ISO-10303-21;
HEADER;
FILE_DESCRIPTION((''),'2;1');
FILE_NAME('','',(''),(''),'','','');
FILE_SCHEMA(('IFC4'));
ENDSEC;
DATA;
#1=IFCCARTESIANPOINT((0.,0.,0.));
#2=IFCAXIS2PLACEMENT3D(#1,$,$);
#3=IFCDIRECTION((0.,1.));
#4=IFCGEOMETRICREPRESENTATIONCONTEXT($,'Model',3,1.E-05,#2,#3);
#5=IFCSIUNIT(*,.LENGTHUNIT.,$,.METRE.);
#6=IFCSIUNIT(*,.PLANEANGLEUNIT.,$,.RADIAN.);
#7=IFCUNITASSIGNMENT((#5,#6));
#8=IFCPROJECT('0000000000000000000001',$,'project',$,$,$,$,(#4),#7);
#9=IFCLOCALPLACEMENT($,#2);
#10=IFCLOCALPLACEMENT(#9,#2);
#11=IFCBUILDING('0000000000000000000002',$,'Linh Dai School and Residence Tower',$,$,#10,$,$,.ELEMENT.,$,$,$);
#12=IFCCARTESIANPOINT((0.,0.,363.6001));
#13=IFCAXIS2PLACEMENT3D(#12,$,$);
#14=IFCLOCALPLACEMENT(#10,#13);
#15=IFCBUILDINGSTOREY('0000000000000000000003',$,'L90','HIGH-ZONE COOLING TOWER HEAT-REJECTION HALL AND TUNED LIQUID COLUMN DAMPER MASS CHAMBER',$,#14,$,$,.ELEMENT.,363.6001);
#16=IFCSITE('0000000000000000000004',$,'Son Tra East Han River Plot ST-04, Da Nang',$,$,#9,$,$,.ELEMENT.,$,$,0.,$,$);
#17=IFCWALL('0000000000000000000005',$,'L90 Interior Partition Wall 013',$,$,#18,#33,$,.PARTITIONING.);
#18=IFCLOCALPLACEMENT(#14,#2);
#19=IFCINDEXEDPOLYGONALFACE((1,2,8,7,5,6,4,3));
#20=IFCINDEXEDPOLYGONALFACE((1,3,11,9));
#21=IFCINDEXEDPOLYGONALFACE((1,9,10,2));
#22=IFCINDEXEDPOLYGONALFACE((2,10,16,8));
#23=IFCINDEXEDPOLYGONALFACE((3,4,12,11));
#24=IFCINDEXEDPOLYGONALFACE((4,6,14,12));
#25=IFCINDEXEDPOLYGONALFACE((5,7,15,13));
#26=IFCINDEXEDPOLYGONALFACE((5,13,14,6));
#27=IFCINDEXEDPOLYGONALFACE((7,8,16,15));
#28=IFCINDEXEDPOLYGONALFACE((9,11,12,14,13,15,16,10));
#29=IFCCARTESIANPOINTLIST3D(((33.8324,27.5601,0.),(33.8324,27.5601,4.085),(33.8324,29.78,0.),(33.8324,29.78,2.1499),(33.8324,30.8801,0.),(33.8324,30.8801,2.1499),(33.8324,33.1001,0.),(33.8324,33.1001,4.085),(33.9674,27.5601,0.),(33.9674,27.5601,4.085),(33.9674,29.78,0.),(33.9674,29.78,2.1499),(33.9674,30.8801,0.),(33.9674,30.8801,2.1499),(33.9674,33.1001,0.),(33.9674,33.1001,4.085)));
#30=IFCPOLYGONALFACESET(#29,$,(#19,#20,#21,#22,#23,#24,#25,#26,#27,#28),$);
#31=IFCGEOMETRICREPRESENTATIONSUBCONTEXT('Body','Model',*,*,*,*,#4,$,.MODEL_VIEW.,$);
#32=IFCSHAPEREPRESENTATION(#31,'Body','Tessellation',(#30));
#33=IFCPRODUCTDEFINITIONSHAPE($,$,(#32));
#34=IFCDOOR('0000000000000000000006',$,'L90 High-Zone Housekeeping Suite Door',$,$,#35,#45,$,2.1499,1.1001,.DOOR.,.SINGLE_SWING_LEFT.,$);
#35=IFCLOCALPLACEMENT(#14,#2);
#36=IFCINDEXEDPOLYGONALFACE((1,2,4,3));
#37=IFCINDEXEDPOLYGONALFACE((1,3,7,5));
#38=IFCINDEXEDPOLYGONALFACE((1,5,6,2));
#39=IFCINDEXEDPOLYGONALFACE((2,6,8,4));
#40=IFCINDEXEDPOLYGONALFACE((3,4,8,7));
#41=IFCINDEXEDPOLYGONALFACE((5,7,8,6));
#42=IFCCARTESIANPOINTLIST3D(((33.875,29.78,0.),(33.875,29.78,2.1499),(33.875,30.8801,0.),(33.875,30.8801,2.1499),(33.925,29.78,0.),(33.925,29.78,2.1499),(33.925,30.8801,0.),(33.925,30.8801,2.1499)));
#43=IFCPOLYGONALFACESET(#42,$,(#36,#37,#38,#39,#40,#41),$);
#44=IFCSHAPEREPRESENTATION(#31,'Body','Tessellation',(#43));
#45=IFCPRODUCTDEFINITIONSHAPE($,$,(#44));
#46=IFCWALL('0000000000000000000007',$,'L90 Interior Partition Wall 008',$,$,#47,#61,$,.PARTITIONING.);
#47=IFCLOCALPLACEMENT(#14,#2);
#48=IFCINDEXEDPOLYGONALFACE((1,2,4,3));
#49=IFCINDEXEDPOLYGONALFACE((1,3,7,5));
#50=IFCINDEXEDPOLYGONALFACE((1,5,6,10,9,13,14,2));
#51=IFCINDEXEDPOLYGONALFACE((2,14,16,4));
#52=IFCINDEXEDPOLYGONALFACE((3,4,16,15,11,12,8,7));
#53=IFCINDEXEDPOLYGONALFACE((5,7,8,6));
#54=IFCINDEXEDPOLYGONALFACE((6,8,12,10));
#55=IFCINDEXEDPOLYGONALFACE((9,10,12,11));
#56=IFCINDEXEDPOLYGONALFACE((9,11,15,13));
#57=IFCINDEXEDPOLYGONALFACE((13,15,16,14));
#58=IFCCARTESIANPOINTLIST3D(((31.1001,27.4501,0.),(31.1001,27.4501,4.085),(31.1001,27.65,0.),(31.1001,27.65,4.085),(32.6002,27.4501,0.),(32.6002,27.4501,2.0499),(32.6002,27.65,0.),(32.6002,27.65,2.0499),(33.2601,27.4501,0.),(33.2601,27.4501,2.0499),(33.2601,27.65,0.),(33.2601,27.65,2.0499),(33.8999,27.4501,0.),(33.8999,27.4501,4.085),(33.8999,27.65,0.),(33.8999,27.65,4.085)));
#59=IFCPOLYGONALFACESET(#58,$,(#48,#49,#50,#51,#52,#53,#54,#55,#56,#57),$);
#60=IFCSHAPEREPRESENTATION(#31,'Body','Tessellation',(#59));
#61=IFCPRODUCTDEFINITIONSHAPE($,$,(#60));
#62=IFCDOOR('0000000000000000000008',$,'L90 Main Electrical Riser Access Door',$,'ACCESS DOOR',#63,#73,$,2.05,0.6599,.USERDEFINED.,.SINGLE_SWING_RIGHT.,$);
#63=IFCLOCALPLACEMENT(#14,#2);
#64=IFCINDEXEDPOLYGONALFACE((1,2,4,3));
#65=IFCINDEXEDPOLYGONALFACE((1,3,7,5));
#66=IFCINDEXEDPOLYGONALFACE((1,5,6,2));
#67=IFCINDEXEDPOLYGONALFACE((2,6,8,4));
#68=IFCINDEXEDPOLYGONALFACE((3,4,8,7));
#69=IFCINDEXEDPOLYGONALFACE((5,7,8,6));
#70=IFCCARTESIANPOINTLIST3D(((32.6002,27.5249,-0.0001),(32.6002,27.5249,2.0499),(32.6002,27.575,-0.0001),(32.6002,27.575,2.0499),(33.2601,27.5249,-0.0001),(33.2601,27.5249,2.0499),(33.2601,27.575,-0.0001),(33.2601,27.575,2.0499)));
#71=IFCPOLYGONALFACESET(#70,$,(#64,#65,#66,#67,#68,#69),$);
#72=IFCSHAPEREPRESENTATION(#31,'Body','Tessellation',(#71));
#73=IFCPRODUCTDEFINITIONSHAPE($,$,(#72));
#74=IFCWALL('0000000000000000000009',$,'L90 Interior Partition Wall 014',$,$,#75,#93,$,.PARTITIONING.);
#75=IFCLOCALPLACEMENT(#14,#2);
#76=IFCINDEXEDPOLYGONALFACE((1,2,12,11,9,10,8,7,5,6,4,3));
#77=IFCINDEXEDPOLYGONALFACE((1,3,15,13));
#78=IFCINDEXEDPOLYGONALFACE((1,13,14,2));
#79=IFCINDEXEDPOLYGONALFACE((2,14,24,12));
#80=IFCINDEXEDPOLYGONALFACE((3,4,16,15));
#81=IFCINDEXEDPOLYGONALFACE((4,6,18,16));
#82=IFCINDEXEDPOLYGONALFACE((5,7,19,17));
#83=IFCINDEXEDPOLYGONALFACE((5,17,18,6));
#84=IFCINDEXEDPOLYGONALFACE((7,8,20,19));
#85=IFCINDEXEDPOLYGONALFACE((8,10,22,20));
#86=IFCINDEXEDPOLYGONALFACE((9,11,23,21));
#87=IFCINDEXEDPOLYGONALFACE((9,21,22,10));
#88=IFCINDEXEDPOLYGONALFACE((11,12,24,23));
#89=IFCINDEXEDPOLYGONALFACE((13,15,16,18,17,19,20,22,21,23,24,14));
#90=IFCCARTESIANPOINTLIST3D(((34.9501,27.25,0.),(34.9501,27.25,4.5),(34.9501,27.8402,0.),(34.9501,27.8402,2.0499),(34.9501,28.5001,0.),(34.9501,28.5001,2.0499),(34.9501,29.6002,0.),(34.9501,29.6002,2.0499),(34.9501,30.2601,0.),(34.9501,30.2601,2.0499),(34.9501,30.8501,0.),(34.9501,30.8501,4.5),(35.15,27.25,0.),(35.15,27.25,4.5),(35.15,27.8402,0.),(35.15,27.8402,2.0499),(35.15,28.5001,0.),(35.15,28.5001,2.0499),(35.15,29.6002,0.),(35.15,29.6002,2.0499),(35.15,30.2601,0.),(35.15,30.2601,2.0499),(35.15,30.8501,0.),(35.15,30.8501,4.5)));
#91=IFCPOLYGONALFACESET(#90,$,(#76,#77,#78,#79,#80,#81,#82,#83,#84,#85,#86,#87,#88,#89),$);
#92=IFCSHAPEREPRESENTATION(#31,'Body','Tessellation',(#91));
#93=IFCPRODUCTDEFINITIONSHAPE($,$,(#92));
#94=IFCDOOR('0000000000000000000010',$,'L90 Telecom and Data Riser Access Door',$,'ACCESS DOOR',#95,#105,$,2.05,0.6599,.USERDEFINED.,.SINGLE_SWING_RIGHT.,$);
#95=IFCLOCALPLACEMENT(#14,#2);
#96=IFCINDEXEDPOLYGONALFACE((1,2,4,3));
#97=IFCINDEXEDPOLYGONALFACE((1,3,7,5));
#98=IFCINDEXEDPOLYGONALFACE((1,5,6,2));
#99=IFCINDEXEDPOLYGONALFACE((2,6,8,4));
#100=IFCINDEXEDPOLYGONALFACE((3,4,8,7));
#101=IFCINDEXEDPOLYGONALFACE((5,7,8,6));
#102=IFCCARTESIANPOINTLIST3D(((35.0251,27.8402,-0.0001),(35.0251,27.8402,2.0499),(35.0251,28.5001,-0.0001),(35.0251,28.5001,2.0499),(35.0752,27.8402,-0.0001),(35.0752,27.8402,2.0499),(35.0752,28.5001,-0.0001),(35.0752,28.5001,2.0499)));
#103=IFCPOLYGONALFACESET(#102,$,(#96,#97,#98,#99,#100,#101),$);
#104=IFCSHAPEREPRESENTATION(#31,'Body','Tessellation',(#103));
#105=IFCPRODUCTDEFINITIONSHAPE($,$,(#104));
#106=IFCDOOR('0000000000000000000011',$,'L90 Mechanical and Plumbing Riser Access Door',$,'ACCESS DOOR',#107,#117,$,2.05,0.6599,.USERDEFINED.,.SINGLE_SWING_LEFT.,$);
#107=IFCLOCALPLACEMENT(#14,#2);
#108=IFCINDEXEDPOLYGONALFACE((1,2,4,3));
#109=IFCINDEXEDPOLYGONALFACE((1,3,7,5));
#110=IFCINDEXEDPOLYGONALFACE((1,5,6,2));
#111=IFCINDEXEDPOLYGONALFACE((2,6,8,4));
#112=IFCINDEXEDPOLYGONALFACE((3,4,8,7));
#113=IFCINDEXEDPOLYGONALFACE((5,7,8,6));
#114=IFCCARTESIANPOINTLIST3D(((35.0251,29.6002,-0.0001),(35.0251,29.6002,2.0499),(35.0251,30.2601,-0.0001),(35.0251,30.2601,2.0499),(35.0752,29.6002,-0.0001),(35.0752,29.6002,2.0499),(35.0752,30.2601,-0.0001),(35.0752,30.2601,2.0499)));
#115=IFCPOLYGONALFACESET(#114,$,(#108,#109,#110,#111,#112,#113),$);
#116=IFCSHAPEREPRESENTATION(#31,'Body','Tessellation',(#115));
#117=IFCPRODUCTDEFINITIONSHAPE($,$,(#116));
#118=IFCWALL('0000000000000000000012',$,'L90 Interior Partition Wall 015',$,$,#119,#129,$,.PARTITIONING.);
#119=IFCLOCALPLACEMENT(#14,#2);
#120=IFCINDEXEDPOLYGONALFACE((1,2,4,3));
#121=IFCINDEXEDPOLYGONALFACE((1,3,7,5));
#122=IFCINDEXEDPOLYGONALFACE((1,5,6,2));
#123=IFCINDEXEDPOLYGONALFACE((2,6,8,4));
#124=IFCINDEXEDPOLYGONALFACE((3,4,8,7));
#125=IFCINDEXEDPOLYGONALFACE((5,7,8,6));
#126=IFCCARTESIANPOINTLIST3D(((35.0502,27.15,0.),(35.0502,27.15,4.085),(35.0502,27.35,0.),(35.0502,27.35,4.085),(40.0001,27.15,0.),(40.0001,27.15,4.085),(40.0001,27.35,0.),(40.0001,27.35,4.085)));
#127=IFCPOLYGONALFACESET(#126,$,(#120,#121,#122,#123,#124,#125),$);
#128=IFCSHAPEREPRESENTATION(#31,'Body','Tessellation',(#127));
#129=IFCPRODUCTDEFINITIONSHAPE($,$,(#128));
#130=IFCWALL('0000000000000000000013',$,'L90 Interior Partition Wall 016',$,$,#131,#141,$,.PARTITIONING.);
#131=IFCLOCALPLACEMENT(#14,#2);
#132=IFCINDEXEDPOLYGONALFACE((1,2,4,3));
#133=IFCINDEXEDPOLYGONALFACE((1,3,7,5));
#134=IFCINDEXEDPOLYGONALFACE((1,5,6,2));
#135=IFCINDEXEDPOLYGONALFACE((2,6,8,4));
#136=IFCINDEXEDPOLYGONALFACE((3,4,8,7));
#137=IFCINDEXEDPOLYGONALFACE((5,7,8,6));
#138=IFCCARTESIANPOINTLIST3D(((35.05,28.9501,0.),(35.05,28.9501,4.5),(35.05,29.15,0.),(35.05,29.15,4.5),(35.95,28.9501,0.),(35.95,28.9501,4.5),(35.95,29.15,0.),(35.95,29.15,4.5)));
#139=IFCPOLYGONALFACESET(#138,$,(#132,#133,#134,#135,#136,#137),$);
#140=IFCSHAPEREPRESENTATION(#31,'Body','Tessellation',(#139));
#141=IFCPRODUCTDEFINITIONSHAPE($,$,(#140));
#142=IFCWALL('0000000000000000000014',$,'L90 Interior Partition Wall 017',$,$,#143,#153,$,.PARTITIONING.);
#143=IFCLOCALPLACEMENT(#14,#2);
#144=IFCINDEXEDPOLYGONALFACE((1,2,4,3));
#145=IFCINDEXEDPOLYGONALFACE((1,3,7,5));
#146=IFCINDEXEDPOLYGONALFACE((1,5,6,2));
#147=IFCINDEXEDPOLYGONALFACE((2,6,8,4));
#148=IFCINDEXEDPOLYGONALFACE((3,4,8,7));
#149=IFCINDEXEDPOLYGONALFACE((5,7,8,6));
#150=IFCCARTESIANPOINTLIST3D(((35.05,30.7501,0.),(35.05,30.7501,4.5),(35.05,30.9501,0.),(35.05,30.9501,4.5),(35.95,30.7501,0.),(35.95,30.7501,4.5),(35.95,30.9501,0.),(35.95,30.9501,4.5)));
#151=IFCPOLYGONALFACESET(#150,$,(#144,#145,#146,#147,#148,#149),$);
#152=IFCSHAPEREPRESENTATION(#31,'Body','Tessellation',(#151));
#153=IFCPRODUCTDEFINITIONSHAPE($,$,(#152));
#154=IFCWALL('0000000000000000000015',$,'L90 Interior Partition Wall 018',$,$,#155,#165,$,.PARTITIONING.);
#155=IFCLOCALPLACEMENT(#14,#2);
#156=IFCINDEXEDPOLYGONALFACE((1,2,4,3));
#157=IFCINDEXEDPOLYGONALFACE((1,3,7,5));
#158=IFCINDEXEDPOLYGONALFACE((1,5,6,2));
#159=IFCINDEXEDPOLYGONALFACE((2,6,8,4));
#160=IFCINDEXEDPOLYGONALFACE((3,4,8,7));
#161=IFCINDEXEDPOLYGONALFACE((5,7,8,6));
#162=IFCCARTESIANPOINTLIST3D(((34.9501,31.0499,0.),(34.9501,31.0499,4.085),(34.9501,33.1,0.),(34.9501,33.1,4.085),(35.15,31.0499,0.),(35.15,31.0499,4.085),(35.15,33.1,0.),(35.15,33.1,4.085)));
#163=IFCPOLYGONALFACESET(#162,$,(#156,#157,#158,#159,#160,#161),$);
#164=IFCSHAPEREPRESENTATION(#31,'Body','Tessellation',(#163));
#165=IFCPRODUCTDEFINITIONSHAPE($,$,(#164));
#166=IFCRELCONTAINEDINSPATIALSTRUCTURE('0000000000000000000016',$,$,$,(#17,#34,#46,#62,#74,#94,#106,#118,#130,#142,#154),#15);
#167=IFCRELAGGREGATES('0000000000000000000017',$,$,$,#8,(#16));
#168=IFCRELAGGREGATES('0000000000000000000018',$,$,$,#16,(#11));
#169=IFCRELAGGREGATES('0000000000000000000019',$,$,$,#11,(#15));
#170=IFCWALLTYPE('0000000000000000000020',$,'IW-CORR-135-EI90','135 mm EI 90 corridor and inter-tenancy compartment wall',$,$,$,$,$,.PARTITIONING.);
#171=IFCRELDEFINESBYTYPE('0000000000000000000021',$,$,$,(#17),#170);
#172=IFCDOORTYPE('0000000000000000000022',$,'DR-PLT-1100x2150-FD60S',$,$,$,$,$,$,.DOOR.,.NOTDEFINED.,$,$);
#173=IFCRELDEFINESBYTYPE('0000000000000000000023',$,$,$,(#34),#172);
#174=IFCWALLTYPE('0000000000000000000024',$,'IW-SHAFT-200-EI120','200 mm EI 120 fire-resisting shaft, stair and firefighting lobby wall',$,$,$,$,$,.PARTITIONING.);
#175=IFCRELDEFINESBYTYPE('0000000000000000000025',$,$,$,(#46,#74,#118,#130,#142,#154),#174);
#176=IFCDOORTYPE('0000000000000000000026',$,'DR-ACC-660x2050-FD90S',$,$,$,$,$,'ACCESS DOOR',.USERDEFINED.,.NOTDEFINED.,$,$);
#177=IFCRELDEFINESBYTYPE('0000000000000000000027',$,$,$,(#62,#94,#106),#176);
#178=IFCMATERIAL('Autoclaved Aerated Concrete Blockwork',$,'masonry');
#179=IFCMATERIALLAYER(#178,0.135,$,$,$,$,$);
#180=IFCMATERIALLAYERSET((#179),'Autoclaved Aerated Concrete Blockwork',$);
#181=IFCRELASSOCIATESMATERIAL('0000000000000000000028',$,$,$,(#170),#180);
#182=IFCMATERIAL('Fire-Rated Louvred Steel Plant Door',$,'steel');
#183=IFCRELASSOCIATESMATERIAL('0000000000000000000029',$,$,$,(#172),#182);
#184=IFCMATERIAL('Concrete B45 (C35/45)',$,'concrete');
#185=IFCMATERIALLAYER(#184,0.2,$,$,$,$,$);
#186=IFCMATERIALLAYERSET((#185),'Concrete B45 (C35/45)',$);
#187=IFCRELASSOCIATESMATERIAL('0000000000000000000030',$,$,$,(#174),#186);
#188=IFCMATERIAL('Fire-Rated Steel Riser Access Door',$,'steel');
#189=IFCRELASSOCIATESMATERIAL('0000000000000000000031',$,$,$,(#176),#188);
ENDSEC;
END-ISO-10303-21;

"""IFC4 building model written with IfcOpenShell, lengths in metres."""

from ifc_helpers import new_model, si_unit, direction, frame, frame_2d, origin, origin_2d, place, context, subcontext, project, spatial, rectangle, extrude, source, transform, mapped, material, layer, layer_set, type_object, element, fill, save


model = new_model("IFC4")

# Units and contexts
model_context = context("Model", 3, precision=1e-05, world=origin(), true_north=direction((0.0, 1.0)))
body_context = subcontext(model_context, "Body", "Model", "MODEL_VIEW")
ifc_project = project(units=[si_unit("LENGTHUNIT", "METRE"), si_unit("PLANEANGLEUNIT", "RADIAN")], contexts=[model_context])

# Site, building, storey
site_placement = place(None, origin())
site = spatial("IfcSite", under=ifc_project, at=site_placement, Name="Son Tra East Han River Plot ST-04, Da Nang", CompositionType="ELEMENT", RefElevation=0.0)
building_placement = place(site_placement, origin())
building = spatial("IfcBuilding", under=site, at=building_placement, Name="Linh Dai School and Residence Tower", CompositionType="ELEMENT")
storey_placement = place(building_placement, frame((0.0, 0.0, 363.6001)))
storey = spatial("IfcBuildingStorey", under=building, at=storey_placement, Name="L90", Description="HIGH-ZONE COOLING TOWER HEAT-REJECTION HALL AND TUNED LIQUID COLUMN DAMPER MASS CHAMBER", CompositionType="ELEMENT", Elevation=363.6001)

# Walls, openings, doors
ifc_material_1 = material(Name="Autoclaved Aerated Concrete Blockwork", Category="masonry")
ifc_layer_1 = layer(ifc_material_1, 0.135)
ifc_layer_set_1 = layer_set([ifc_layer_1], Name="Autoclaved Aerated Concrete Blockwork")
wall_type_1 = type_object("IfcWallType", Name="IW-CORR-135-EI90", Description="135 mm EI 90 corridor and inter-tenancy compartment wall", PredefinedType="PARTITIONING", material=ifc_layer_set_1)
wall_1_placement = place(storey_placement, frame((33.8999, 27.5601, 0.0), z_axis=(0.0, 0.0, 1.0), x_axis=(0.0, 1.0, 0.0)))
wall_1 = element("IfcWall", 1, at=wall_1_placement, inside=storey, type_object=wall_type_1, Name="L90 Interior Partition Wall 013", PredefinedType="PARTITIONING", context=body_context, shape_type="SweptSolid", body=[
    extrude(rectangle(XDim=5.54, YDim=0.135, at=frame_2d((2.77, 0.0))), origin(), (0.0, 0.0, 1.0), 4.085),
])
opening_1_placement = place(wall_1_placement, frame((2.22, 0.0, 0.0)))
opening_1 = element("IfcOpeningElement", 2, at=opening_1_placement, cuts=wall_1, PredefinedType="OPENING", context=body_context, shape_type="SweptSolid", body=[
    extrude(rectangle(XDim=1.1001, YDim=2.1499, at=origin_2d()), frame((0.55, 0.0776, 1.075), z_axis=(0.0, -1.0, 0.0), x_axis=(1.0, 0.0, 0.0)), (0.0, 0.0, 1.0), 0.155),
])
ifc_material_2 = material(Name="Fire-Rated Louvred Steel Plant Door", Category="steel")
door_type_1 = type_object("IfcDoorType", Name="DR-PLT-1100x2150-FD60S", OperationType="NOTDEFINED", PredefinedType="DOOR", material=ifc_material_2)
shared_shape_1 = source(origin(), body_context, "Body", "SweptSolid", [
    extrude(rectangle(XDim=1.1001, YDim=2.1499, at=origin_2d()), frame((0.55, 0.0249, 1.075), z_axis=(0.0, -1.0, 0.0), x_axis=(1.0, 0.0, 0.0)), (0.0, 0.0, 1.0), 0.05),
])
door_1_placement = place(opening_1_placement, origin())
door_1 = element("IfcDoor", 3, at=door_1_placement, inside=storey, type_object=door_type_1, Name="L90 High-Zone Housekeeping Suite Door", OperationType="SINGLE_SWING_LEFT", OverallHeight=2.1499, OverallWidth=1.1001, PredefinedType="DOOR", context=body_context, shape_type="MappedRepresentation", body=[
    mapped(shared_shape_1, transform((0.0, 0.0, 0.0), x_axis=(1.0, 0.0, 0.0), y_axis=(0.0, 1.0, 0.0), z_axis=(0.0, 0.0, 1.0), scale=1.0)),
])
fill(opening_1, door_1)
ifc_material_3 = material(Name="Concrete B45 (C35/45)", Category="concrete")
ifc_layer_2 = layer(ifc_material_3, 0.2)
ifc_layer_set_2 = layer_set([ifc_layer_2], Name="Concrete B45 (C35/45)")
wall_type_2 = type_object("IfcWallType", Name="IW-SHAFT-200-EI120", Description="200 mm EI 120 fire-resisting shaft, stair and firefighting lobby wall", PredefinedType="PARTITIONING", material=ifc_layer_set_2)
wall_2_placement = place(storey_placement, frame((31.1001, 27.55, 0.0), z_axis=(0.0, 0.0, 1.0), x_axis=(1.0, 0.0, 0.0)))
wall_2 = element("IfcWall", 4, at=wall_2_placement, inside=storey, type_object=wall_type_2, Name="L90 Interior Partition Wall 008", PredefinedType="PARTITIONING", context=body_context, shape_type="SweptSolid", body=[
    extrude(rectangle(XDim=2.7998, YDim=0.2, at=frame_2d((1.3999, 0.0))), origin(), (0.0, 0.0, 1.0), 4.085),
])
opening_2_placement = place(wall_2_placement, frame((1.5, 0.0, 0.0)))
opening_2 = element("IfcOpeningElement", 5, at=opening_2_placement, cuts=wall_2, PredefinedType="OPENING", context=body_context, shape_type="SweptSolid", body=[
    extrude(rectangle(XDim=0.6599, YDim=2.05, at=origin_2d()), frame((0.3301, 0.1099, 1.0249), z_axis=(0.0, -1.0, 0.0), x_axis=(1.0, 0.0, 0.0)), (0.0, 0.0, 1.0), 0.22),
])
ifc_material_4 = material(Name="Fire-Rated Steel Riser Access Door", Category="steel")
door_type_2 = type_object("IfcDoorType", Name="DR-ACC-660x2050-FD90S", ElementType="ACCESS DOOR", OperationType="NOTDEFINED", PredefinedType="USERDEFINED", material=ifc_material_4)
shared_shape_2 = source(origin(), body_context, "Body", "SweptSolid", [
    extrude(rectangle(XDim=0.6599, YDim=2.05, at=origin_2d()), frame((0.3301, 0.0249, 1.0249), z_axis=(0.0, -1.0, 0.0), x_axis=(1.0, 0.0, 0.0)), (0.0, 0.0, 1.0), 0.05),
])
door_2_placement = place(opening_2_placement, origin())
door_2 = element("IfcDoor", 6, at=door_2_placement, inside=storey, type_object=door_type_2, Name="L90 Main Electrical Riser Access Door", ObjectType="ACCESS DOOR", OperationType="SINGLE_SWING_RIGHT", OverallHeight=2.05, OverallWidth=0.6599, PredefinedType="USERDEFINED", context=body_context, shape_type="MappedRepresentation", body=[
    mapped(shared_shape_2, transform((0.0, 0.0, 0.0), x_axis=(1.0, 0.0, 0.0), y_axis=(0.0, 1.0, 0.0), z_axis=(0.0, 0.0, 1.0), scale=1.0)),
])
fill(opening_2, door_2)

# Wall, openings, doors
wall_3_placement = place(storey_placement, frame((35.05, 27.25, 0.0), z_axis=(0.0, 0.0, 1.0), x_axis=(0.0, 1.0, 0.0)))
wall_3 = element("IfcWall", 7, at=wall_3_placement, inside=storey, type_object=wall_type_2, Name="L90 Interior Partition Wall 014", PredefinedType="PARTITIONING", context=body_context, shape_type="SweptSolid", body=[
    extrude(rectangle(XDim=3.6001, YDim=0.2, at=frame_2d((1.8, 0.0))), origin(), (0.0, 0.0, 1.0), 4.5),
])
opening_3_placement = place(wall_3_placement, frame((0.5901, 0.0, 0.0)))
opening_3 = element("IfcOpeningElement", 8, at=opening_3_placement, cuts=wall_3, PredefinedType="OPENING", context=body_context, shape_type="SweptSolid", body=[
    extrude(rectangle(XDim=0.6599, YDim=2.05, at=origin_2d()), frame((0.3301, 0.1099, 1.0249), z_axis=(0.0, -1.0, 0.0), x_axis=(1.0, 0.0, 0.0)), (0.0, 0.0, 1.0), 0.22),
])
opening_4_placement = place(wall_3_placement, frame((2.3501, 0.0, 0.0)))
opening_4 = element("IfcOpeningElement", 9, at=opening_4_placement, cuts=wall_3, PredefinedType="OPENING", context=body_context, shape_type="SweptSolid", body=[
    extrude(rectangle(XDim=0.6599, YDim=2.05, at=origin_2d()), frame((0.3301, 0.1099, 1.0249), z_axis=(0.0, -1.0, 0.0), x_axis=(1.0, 0.0, 0.0)), (0.0, 0.0, 1.0), 0.22),
])
door_3_placement = place(opening_3_placement, origin())
door_3 = element("IfcDoor", 10, at=door_3_placement, inside=storey, type_object=door_type_2, Name="L90 Telecom and Data Riser Access Door", ObjectType="ACCESS DOOR", OperationType="SINGLE_SWING_RIGHT", OverallHeight=2.05, OverallWidth=0.6599, PredefinedType="USERDEFINED", context=body_context, shape_type="MappedRepresentation", body=[
    mapped(shared_shape_2, transform((0.0, 0.0, 0.0), x_axis=(1.0, 0.0, 0.0), y_axis=(0.0, 1.0, 0.0), z_axis=(0.0, 0.0, 1.0), scale=1.0)),
])
fill(opening_3, door_3)
door_4_placement = place(opening_4_placement, origin())
door_4 = element("IfcDoor", 11, at=door_4_placement, inside=storey, type_object=door_type_2, Name="L90 Mechanical and Plumbing Riser Access Door", ObjectType="ACCESS DOOR", OperationType="SINGLE_SWING_LEFT", OverallHeight=2.05, OverallWidth=0.6599, PredefinedType="USERDEFINED", context=body_context, shape_type="MappedRepresentation", body=[
    mapped(shared_shape_2, transform((0.0, 0.0, 0.0), x_axis=(1.0, 0.0, 0.0), y_axis=(0.0, 1.0, 0.0), z_axis=(0.0, 0.0, 1.0), scale=1.0)),
])
fill(opening_4, door_4)

# Walls
wall_4_placement = place(storey_placement, frame((35.05, 27.25, 0.0), z_axis=(0.0, 0.0, 1.0), x_axis=(1.0, 0.0, 0.0)))
element("IfcWall", 12, at=wall_4_placement, inside=storey, type_object=wall_type_2, Name="L90 Interior Partition Wall 015", PredefinedType="PARTITIONING", context=body_context, shape_type="SweptSolid", body=[
    extrude(rectangle(XDim=4.95, YDim=0.2, at=frame_2d((2.4751, 0.0))), origin(), (0.0, 0.0, 1.0), 4.085),
])
for number, where, z_axis, x_axis, name in (
    (13, (35.05, 29.05, 0.0), (0.0, 0.0, 1.0), (1.0, 0.0, 0.0), "L90 Interior Partition Wall 016"),
    (14, (35.05, 30.8501, 0.0), (0.0, 0.0, 1.0), (1.0, 0.0, 0.0), "L90 Interior Partition Wall 017"),
):
    element("IfcWall", number, at=place(storey_placement, frame(where, z_axis=z_axis, x_axis=x_axis)), inside=storey, type_object=wall_type_2, Name=name, PredefinedType="PARTITIONING", context=body_context, shape_type="SweptSolid", body=[
        extrude(rectangle(XDim=0.8999, YDim=0.2, at=frame_2d((0.45, 0.0))), origin(), (0.0, 0.0, 1.0), 4.5),
    ])
wall_5_placement = place(storey_placement, frame((35.05, 31.05, 0.0), z_axis=(0.0, 0.0, 1.0), x_axis=(0.0, 1.0, 0.0)))
element("IfcWall", 15, at=wall_5_placement, inside=storey, type_object=wall_type_2, Name="L90 Interior Partition Wall 018", PredefinedType="PARTITIONING", context=body_context, shape_type="SweptSolid", body=[
    extrude(rectangle(XDim=2.05, YDim=0.2, at=frame_2d((1.0249, 0.0))), origin(), (0.0, 0.0, 1.0), 4.085),
])

save(model, "model.ifc")
